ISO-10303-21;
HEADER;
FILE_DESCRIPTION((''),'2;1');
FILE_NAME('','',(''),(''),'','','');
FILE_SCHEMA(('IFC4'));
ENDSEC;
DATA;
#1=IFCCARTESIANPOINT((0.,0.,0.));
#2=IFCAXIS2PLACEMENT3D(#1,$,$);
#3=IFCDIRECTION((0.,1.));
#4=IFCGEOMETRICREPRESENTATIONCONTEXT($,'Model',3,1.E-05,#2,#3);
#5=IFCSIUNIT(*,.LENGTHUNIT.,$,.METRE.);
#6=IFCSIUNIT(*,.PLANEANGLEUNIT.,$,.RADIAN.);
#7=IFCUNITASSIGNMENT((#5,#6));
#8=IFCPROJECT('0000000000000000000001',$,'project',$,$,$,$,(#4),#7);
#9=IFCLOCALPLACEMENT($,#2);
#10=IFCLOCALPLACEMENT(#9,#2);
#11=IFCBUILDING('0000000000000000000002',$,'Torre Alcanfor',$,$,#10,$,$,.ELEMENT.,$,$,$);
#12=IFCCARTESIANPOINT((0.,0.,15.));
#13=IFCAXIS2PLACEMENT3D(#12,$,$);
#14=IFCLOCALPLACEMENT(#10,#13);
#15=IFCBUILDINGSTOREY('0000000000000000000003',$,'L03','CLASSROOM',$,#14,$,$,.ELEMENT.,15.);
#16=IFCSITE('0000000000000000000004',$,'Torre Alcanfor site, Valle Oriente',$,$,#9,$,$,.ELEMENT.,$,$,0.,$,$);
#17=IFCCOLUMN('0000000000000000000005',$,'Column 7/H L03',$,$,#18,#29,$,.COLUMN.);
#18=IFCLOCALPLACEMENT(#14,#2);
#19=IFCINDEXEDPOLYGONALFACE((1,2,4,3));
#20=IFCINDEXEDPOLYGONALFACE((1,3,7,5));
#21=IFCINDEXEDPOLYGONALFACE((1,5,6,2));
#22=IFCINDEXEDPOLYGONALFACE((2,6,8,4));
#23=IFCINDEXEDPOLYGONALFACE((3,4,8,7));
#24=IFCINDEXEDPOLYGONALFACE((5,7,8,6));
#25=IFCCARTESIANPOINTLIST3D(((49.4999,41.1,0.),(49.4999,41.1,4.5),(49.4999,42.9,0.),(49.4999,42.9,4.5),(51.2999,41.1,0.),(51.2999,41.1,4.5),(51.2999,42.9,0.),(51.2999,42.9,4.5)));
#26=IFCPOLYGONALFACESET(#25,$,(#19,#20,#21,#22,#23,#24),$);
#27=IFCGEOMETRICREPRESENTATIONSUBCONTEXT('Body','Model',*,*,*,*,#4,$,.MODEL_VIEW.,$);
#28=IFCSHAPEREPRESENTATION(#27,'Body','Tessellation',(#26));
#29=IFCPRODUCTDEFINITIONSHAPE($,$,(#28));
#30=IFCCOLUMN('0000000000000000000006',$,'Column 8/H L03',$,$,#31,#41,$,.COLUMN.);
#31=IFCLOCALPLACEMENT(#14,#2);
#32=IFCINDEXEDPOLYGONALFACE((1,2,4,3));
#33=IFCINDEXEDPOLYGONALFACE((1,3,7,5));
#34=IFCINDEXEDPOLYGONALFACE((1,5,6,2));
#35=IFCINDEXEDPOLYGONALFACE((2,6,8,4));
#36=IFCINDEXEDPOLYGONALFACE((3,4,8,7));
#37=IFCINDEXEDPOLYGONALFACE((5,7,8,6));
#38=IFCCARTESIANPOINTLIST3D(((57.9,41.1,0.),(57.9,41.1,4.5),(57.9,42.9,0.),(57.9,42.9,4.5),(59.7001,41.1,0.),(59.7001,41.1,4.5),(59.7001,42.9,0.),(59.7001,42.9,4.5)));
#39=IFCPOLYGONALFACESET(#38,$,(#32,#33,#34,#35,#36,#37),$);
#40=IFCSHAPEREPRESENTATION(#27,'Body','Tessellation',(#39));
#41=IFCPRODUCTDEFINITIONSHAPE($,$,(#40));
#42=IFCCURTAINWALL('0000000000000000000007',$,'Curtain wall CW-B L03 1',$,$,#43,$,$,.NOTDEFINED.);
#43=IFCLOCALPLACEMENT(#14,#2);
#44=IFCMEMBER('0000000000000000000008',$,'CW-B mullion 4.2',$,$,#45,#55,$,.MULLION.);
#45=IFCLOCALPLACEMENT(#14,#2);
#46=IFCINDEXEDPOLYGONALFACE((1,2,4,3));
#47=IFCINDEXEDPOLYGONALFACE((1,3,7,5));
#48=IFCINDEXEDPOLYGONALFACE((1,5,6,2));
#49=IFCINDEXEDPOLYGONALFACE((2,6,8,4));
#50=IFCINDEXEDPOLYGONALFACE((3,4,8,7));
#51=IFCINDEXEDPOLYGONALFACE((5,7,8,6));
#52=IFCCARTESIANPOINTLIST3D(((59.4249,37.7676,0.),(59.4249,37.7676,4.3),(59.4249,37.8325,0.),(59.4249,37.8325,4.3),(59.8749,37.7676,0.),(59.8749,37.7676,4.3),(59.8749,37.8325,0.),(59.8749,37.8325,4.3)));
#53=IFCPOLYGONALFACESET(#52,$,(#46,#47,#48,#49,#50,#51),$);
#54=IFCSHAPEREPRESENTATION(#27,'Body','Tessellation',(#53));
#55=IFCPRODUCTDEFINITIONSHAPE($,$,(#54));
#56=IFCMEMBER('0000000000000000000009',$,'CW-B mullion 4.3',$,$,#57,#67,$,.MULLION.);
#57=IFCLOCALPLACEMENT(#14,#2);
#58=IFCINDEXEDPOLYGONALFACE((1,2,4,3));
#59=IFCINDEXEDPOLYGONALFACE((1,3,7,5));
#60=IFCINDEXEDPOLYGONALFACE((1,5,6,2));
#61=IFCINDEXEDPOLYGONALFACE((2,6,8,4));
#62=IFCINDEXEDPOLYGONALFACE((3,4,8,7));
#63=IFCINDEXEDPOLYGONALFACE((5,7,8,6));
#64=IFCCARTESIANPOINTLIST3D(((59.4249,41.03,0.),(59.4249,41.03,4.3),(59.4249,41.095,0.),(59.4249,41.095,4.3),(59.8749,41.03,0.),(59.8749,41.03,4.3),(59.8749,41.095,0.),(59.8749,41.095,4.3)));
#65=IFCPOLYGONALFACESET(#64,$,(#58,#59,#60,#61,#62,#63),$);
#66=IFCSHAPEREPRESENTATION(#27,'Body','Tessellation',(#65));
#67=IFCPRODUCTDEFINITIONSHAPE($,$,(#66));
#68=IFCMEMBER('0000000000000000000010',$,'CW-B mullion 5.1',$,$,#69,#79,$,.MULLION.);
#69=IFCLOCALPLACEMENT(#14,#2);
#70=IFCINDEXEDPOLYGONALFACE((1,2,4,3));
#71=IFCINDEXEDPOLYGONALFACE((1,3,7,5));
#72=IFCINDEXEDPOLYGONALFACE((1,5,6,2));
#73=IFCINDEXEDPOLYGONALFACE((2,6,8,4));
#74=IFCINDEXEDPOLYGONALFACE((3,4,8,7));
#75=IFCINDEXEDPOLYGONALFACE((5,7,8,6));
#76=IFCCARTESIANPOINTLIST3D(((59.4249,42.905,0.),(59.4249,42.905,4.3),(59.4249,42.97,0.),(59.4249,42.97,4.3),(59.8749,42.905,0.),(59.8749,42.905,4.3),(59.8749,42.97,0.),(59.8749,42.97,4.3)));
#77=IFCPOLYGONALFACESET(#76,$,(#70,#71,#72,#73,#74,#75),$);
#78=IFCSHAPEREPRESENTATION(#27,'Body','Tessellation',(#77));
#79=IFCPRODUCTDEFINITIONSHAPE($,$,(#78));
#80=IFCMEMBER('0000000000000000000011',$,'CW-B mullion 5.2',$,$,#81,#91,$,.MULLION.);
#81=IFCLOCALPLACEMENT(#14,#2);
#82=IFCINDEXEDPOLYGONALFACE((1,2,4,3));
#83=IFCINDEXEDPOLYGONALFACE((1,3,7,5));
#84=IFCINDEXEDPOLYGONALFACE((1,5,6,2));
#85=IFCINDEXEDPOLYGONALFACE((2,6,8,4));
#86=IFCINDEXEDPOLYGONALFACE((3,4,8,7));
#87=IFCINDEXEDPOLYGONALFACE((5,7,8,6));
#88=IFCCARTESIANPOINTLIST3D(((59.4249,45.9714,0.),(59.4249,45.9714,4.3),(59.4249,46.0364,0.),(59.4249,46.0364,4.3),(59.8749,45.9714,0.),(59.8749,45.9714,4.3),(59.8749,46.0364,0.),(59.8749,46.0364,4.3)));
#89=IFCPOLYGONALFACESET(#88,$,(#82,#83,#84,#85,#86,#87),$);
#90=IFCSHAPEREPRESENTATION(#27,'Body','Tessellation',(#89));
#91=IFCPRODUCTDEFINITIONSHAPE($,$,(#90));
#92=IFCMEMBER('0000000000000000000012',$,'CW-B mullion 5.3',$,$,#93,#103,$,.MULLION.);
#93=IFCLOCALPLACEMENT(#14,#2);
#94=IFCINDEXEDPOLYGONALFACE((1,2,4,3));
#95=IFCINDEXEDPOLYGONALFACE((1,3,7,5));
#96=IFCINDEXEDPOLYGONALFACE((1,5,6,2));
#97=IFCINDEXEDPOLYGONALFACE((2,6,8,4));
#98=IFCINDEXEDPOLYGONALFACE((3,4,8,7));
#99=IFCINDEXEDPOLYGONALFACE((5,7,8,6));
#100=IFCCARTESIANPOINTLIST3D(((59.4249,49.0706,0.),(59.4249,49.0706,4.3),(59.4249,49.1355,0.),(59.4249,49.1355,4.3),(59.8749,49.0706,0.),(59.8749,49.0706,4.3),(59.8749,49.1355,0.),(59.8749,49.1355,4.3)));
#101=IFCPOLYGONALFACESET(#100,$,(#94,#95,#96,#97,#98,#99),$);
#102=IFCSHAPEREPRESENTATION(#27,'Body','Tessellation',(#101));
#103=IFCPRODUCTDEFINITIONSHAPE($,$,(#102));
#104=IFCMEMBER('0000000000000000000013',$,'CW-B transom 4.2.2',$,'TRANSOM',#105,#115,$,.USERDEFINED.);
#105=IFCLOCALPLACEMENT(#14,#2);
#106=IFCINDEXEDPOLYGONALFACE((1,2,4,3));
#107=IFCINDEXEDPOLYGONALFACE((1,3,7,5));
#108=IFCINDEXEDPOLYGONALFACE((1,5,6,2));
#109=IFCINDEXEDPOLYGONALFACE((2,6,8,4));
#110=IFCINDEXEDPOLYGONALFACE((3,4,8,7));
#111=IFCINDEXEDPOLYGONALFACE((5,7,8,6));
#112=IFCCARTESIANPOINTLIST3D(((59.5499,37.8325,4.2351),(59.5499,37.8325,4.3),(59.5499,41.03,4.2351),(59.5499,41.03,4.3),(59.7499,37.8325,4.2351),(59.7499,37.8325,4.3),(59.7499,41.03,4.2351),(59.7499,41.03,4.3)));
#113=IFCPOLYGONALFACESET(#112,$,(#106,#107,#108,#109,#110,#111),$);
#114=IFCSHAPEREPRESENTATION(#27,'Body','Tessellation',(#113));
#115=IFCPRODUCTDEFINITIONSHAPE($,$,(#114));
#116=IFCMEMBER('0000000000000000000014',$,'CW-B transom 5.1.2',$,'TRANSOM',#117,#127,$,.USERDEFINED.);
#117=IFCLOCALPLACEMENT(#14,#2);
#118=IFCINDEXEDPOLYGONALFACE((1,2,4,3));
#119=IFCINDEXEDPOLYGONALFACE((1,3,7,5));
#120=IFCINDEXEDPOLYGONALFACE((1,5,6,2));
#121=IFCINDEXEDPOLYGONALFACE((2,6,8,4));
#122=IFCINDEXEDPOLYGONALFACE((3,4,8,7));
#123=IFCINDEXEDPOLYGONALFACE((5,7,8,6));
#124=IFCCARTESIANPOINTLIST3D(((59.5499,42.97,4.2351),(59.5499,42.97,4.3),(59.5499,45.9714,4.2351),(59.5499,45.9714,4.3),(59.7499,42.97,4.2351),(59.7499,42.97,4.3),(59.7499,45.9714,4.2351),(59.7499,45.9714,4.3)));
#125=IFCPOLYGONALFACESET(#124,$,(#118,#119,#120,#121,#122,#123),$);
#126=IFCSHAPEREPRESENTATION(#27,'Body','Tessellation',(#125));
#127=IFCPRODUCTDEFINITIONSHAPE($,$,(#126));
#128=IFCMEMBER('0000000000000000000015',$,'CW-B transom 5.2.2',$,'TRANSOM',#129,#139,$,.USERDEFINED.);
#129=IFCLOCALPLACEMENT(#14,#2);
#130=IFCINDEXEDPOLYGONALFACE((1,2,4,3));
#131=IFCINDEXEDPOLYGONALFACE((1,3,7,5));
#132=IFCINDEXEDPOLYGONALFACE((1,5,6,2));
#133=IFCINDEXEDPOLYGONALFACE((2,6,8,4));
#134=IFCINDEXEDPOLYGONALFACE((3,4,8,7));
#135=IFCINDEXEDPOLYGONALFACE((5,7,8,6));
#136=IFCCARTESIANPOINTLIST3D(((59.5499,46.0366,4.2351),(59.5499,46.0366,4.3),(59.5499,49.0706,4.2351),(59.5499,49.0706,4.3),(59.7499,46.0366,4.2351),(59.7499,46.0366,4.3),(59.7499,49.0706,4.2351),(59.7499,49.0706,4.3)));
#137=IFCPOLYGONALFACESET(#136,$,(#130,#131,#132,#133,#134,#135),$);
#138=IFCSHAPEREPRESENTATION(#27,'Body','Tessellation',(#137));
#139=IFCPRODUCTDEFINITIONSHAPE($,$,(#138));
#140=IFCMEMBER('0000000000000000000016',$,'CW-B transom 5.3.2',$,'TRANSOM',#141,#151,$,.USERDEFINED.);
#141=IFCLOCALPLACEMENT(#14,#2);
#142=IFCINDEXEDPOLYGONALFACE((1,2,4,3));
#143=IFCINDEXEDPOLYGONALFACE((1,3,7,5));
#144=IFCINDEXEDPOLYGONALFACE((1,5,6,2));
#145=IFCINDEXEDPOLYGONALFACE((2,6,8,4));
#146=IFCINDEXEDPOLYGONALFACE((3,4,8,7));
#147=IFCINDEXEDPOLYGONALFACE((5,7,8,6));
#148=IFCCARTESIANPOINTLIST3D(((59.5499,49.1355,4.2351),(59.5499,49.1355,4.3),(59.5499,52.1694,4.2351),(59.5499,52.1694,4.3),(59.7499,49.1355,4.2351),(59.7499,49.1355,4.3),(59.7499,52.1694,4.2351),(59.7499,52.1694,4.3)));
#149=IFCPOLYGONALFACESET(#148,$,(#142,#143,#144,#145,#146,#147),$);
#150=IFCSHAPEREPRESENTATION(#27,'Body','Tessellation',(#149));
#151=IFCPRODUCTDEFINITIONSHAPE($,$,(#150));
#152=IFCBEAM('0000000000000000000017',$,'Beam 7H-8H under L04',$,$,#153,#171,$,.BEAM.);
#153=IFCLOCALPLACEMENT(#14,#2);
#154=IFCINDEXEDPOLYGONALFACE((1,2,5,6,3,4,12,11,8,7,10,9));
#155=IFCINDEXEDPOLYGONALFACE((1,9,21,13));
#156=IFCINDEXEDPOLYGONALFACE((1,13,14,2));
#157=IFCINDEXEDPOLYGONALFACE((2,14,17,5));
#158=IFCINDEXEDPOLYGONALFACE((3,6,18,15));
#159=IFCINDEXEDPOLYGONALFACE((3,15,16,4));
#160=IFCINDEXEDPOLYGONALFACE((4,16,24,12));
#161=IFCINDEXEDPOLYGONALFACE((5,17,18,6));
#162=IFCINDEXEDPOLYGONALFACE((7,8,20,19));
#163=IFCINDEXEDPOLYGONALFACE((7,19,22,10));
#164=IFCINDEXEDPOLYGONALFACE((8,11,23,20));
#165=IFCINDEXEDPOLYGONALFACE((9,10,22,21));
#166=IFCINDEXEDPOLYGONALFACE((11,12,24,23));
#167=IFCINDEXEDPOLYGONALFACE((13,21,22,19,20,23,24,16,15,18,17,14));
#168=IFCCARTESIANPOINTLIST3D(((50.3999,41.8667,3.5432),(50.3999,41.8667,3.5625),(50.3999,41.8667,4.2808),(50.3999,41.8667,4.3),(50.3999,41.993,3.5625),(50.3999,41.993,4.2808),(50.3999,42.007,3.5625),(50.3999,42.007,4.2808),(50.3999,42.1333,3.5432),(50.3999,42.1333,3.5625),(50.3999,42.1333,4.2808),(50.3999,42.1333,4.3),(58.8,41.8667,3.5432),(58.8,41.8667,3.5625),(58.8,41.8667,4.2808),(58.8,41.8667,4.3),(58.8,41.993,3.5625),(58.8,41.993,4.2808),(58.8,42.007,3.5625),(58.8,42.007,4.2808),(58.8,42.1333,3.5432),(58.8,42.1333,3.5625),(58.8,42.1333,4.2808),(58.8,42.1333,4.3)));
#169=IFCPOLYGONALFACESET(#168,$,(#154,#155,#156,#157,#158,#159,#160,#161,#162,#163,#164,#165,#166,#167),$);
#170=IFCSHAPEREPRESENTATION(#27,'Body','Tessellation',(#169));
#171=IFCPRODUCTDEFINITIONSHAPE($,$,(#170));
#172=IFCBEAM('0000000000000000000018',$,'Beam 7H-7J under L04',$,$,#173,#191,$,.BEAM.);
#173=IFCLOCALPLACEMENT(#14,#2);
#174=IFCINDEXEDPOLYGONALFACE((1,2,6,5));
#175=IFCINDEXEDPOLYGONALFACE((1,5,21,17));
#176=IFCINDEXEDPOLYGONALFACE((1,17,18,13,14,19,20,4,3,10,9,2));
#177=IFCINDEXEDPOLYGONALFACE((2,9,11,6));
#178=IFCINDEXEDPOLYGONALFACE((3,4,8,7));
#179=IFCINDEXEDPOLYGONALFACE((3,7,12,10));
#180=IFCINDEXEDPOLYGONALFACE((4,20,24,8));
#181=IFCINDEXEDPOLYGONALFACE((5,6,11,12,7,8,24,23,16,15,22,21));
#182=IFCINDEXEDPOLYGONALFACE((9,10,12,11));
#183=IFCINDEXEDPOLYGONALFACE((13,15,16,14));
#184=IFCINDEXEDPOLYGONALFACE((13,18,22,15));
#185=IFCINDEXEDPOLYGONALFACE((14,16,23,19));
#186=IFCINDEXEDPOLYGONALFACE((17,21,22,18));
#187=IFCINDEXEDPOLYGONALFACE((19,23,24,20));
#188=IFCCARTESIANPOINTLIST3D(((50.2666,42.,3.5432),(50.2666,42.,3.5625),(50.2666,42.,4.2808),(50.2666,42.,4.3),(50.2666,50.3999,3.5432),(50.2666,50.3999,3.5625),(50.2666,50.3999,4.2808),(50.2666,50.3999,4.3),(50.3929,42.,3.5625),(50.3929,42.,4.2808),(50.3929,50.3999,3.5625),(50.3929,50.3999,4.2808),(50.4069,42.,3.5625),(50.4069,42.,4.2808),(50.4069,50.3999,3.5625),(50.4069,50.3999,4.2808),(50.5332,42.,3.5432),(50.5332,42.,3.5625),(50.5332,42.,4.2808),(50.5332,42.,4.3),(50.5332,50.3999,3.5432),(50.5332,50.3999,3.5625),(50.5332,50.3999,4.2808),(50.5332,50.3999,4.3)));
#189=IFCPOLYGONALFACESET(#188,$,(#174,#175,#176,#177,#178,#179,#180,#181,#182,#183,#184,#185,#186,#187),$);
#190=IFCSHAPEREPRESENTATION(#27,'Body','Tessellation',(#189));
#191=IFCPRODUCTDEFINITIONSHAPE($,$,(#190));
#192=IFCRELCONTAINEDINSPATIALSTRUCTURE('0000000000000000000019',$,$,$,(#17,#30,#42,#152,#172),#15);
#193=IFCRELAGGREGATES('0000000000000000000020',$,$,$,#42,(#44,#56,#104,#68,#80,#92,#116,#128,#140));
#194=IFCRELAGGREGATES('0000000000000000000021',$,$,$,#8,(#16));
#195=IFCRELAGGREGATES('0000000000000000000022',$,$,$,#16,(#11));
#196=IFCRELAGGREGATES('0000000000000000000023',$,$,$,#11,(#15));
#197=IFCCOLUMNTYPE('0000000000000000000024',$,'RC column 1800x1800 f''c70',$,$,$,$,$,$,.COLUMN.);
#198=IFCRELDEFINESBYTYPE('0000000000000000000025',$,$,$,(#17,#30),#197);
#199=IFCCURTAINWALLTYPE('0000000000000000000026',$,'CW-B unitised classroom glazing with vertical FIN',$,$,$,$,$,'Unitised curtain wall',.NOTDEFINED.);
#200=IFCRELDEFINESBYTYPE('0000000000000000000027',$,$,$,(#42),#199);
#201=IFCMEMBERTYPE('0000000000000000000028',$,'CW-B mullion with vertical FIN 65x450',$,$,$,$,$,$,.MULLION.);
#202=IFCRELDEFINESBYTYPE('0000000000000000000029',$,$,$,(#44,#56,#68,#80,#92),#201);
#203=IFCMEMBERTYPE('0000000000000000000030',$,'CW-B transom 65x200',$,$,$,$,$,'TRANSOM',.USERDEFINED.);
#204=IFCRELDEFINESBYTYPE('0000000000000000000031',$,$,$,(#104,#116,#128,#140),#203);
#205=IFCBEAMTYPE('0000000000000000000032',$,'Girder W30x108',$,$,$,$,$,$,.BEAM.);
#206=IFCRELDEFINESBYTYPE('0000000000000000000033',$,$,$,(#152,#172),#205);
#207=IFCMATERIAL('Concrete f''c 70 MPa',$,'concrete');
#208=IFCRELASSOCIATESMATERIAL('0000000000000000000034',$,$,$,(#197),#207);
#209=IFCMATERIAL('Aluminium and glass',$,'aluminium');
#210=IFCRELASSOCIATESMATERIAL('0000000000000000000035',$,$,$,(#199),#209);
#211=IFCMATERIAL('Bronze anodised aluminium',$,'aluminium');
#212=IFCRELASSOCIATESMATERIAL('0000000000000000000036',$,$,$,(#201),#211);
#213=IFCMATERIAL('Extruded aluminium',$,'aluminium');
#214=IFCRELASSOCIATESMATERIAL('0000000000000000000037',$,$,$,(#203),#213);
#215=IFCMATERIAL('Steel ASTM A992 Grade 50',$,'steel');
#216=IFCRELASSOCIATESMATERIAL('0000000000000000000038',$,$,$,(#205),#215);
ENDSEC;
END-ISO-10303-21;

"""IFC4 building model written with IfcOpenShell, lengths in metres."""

from ifc_helpers import new_model, si_unit, direction, frame, origin, origin_2d, place, context, subcontext, project, spatial, rectangle, i_section, extrude, material, material_profile, profile_set, type_object, element, aggregate, save


model = new_model("IFC4")

# Units and contexts
model_context = context("Model", 3, precision=1e-05, world=origin(), true_north=direction((0.0, 1.0)))
body_context = subcontext(model_context, "Body", "Model", "MODEL_VIEW")
ifc_project = project(units=[si_unit("LENGTHUNIT", "METRE"), si_unit("PLANEANGLEUNIT", "RADIAN")], contexts=[model_context])

# Site, building, storey
site_placement = place(None, origin())
site = spatial("IfcSite", under=ifc_project, at=site_placement, Name="Torre Alcanfor site, Valle Oriente", CompositionType="ELEMENT", RefElevation=0.0)
building_placement = place(site_placement, origin())
building = spatial("IfcBuilding", under=site, at=building_placement, Name="Torre Alcanfor", CompositionType="ELEMENT")
storey_placement = place(building_placement, frame((0.0, 0.0, 15.0)))
storey = spatial("IfcBuildingStorey", under=building, at=storey_placement, Name="L03", Description="CLASSROOM", CompositionType="ELEMENT", Elevation=15.0)

# Columns
ifc_material_1 = material(Name="Concrete f'c 70 MPa", Category="concrete")
ifc_material_profile_1 = material_profile(ifc_material_1, rectangle(XDim=1.8, YDim=1.8, at=origin_2d()), Name="1800x1800")
ifc_profile_set_1 = profile_set([ifc_material_profile_1], Name="Concrete f'c 70 MPa")
column_type = type_object("IfcColumnType", Name="RC column 1800x1800 f'c70", PredefinedType="COLUMN", material=ifc_profile_set_1)
for number, where, z_axis, x_axis, name in (
    (1, (50.3999, 42.0, 0.0), (0.0, 0.0, 1.0), (1.0, 0.0, 0.0), "Column 7/H L03"),
    (2, (58.8, 42.0, 0.0), (0.0, 0.0, 1.0), (1.0, 0.0, 0.0), "Column 8/H L03"),
):
    element("IfcColumn", number, at=place(storey_placement, frame(where, z_axis=z_axis, x_axis=x_axis)), inside=storey, type_object=column_type, Name=name, PredefinedType="COLUMN", context=body_context, shape_type="SweptSolid", body=[
        extrude(rectangle(XDim=1.8, YDim=1.8, at=origin_2d()), origin(), (0.0, 0.0, 1.0), 4.5),
    ])

# Curtain wall, members
ifc_material_2 = material(Name="Aluminium and glass", Category="aluminium")
curtain_wall_type = type_object("IfcCurtainWallType", Name="CW-B unitised classroom glazing with vertical FIN", ElementType="Unitised curtain wall", PredefinedType="NOTDEFINED", material=ifc_material_2)
curtain_wall_placement = place(storey_placement, origin())
curtain_wall = element("IfcCurtainWall", 3, at=curtain_wall_placement, inside=storey, type_object=curtain_wall_type, Name="Curtain wall CW-B L03 1", PredefinedType="NOTDEFINED")
ifc_material_3 = material(Name="Bronze anodised aluminium", Category="aluminium")
ifc_material_profile_2 = material_profile(ifc_material_3, rectangle(XDim=0.45, YDim=0.0649, at=origin_2d()), Name="CW-B mullion 65x450")
ifc_profile_set_2 = profile_set([ifc_material_profile_2], Name="Bronze anodised aluminium")
member_type_1 = type_object("IfcMemberType", Name="CW-B mullion with vertical FIN 65x450", PredefinedType="MULLION", material=ifc_profile_set_2)
member_1_placement = place(storey_placement, frame((59.6499, 37.8, 0.0), z_axis=(0.0, 0.0, 1.0), x_axis=(-1.0, 0.0, 0.0)))
member_1 = element("IfcMember", 4, at=member_1_placement, type_object=member_type_1, Name="CW-B mullion 4.2", PredefinedType="MULLION", context=body_context, shape_type="SweptSolid", body=[
    extrude(rectangle(XDim=0.45, YDim=0.0649, at=origin_2d()), origin(), (0.0, 0.0, 1.0), 4.3),
])
member_2_placement = place(storey_placement, frame((59.6499, 41.0625, 0.0), z_axis=(0.0, 0.0, 1.0), x_axis=(-1.0, 0.0, 0.0)))
member_2 = element("IfcMember", 5, at=member_2_placement, type_object=member_type_1, Name="CW-B mullion 4.3", PredefinedType="MULLION", context=body_context, shape_type="SweptSolid", body=[
    extrude(rectangle(XDim=0.45, YDim=0.0649, at=origin_2d()), origin(), (0.0, 0.0, 1.0), 4.3),
])
member_3_placement = place(storey_placement, frame((59.6499, 42.9375, 0.0), z_axis=(0.0, 0.0, 1.0), x_axis=(-1.0, 0.0, 0.0)))
member_3 = element("IfcMember", 6, at=member_3_placement, type_object=member_type_1, Name="CW-B mullion 5.1", PredefinedType="MULLION", context=body_context, shape_type="SweptSolid", body=[
    extrude(rectangle(XDim=0.45, YDim=0.0649, at=origin_2d()), origin(), (0.0, 0.0, 1.0), 4.3),
])
member_4_placement = place(storey_placement, frame((59.6499, 46.0039, 0.0), z_axis=(0.0, 0.0, 1.0), x_axis=(-1.0, 0.0, 0.0)))
member_4 = element("IfcMember", 7, at=member_4_placement, type_object=member_type_1, Name="CW-B mullion 5.2", PredefinedType="MULLION", context=body_context, shape_type="SweptSolid", body=[
    extrude(rectangle(XDim=0.45, YDim=0.0649, at=origin_2d()), origin(), (0.0, 0.0, 1.0), 4.3),
])
member_5_placement = place(storey_placement, frame((59.6499, 49.103, 0.0), z_axis=(0.0, 0.0, 1.0), x_axis=(-1.0, 0.0, 0.0)))
member_5 = element("IfcMember", 8, at=member_5_placement, type_object=member_type_1, Name="CW-B mullion 5.3", PredefinedType="MULLION", context=body_context, shape_type="SweptSolid", body=[
    extrude(rectangle(XDim=0.45, YDim=0.0649, at=origin_2d()), origin(), (0.0, 0.0, 1.0), 4.3),
])
ifc_material_4 = material(Name="Extruded aluminium", Category="aluminium")
ifc_material_profile_3 = material_profile(ifc_material_4, rectangle(XDim=0.2, YDim=0.0649, at=origin_2d()), Name="CW-B transom 200x65")
ifc_profile_set_3 = profile_set([ifc_material_profile_3], Name="Extruded aluminium")
member_type_2 = type_object("IfcMemberType", Name="CW-B transom 65x200", ElementType="TRANSOM", PredefinedType="USERDEFINED", material=ifc_profile_set_3)
member_6_placement = place(storey_placement, frame((59.6499, 37.8325, 4.2676), z_axis=(0.0, 1.0, 0.0), x_axis=(-1.0, 0.0, 0.0)))
member_6 = element("IfcMember", 9, at=member_6_placement, type_object=member_type_2, Name="CW-B transom 4.2.2", ObjectType="TRANSOM", PredefinedType="USERDEFINED", context=body_context, shape_type="SweptSolid", body=[
    extrude(rectangle(XDim=0.2, YDim=0.0649, at=origin_2d()), origin(), (0.0, 0.0, 1.0), 3.1975),
])
member_7_placement = place(storey_placement, frame((59.6499, 42.97, 4.2676), z_axis=(0.0, 1.0, 0.0), x_axis=(-1.0, 0.0, 0.0)))
member_7 = element("IfcMember", 10, at=member_7_placement, type_object=member_type_2, Name="CW-B transom 5.1.2", ObjectType="TRANSOM", PredefinedType="USERDEFINED", context=body_context, shape_type="SweptSolid", body=[
    extrude(rectangle(XDim=0.2, YDim=0.0649, at=origin_2d()), origin(), (0.0, 0.0, 1.0), 3.0015),
])
member_8_placement = place(storey_placement, frame((59.6499, 46.0366, 4.2676), z_axis=(0.0, 1.0, 0.0), x_axis=(-1.0, 0.0, 0.0)))
member_8 = element("IfcMember", 11, at=member_8_placement, type_object=member_type_2, Name="CW-B transom 5.2.2", ObjectType="TRANSOM", PredefinedType="USERDEFINED", context=body_context, shape_type="SweptSolid", body=[
    extrude(rectangle(XDim=0.2, YDim=0.0649, at=origin_2d()), origin(), (0.0, 0.0, 1.0), 3.0339),
])
member_9_placement = place(storey_placement, frame((59.6499, 49.1355, 4.2676), z_axis=(0.0, 1.0, 0.0), x_axis=(-1.0, 0.0, 0.0)))
member_9 = element("IfcMember", 12, at=member_9_placement, type_object=member_type_2, Name="CW-B transom 5.3.2", ObjectType="TRANSOM", PredefinedType="USERDEFINED", context=body_context, shape_type="SweptSolid", body=[
    extrude(rectangle(XDim=0.2, YDim=0.0649, at=origin_2d()), origin(), (0.0, 0.0, 1.0), 3.0339),
])

# Beams
ifc_material_5 = material(Name="Steel ASTM A992 Grade 50", Category="steel")
ifc_material_profile_4 = material_profile(ifc_material_5, i_section(OverallWidth=0.2666, OverallDepth=0.7568, WebThickness=0.0139, FlangeThickness=0.0193, at=origin_2d()), Name="W30x108")
ifc_profile_set_4 = profile_set([ifc_material_profile_4], Name="Steel ASTM A992 Grade 50")
beam_type_1 = type_object("IfcBeamType", Name="Girder W30x108", PredefinedType="BEAM", material=ifc_profile_set_4)
beam_1_placement = place(storey_placement, frame((50.3999, 42.0, 3.9216), z_axis=(1.0, 0.0, 0.0), x_axis=(0.0, 1.0, 0.0)))
element("IfcBeam", 13, at=beam_1_placement, inside=storey, type_object=beam_type_1, Name="Beam 7H-8H under L04", PredefinedType="BEAM", context=body_context, shape_type="SweptSolid", body=[
    extrude(i_section(OverallWidth=0.2666, OverallDepth=0.7568, WebThickness=0.0139, FlangeThickness=0.0193, at=origin_2d()), origin(), (0.0, 0.0, 1.0), 8.4001),
])
beam_2_placement = place(storey_placement, frame((50.3999, 42.0, 3.9216), z_axis=(0.0, 1.0, 0.0), x_axis=(-1.0, 0.0, 0.0)))
element("IfcBeam", 14, at=beam_2_placement, inside=storey, type_object=beam_type_1, Name="Beam 7H-7J under L04", PredefinedType="BEAM", context=body_context, shape_type="SweptSolid", body=[
    extrude(i_section(OverallWidth=0.2666, OverallDepth=0.7568, WebThickness=0.0139, FlangeThickness=0.0193, at=origin_2d()), origin(), (0.0, 0.0, 1.0), 8.3999),
])

aggregate(curtain_wall, [member_1, member_2, member_6, member_3, member_4, member_5, member_7, member_8, member_9])

save(model, "model.ifc")
